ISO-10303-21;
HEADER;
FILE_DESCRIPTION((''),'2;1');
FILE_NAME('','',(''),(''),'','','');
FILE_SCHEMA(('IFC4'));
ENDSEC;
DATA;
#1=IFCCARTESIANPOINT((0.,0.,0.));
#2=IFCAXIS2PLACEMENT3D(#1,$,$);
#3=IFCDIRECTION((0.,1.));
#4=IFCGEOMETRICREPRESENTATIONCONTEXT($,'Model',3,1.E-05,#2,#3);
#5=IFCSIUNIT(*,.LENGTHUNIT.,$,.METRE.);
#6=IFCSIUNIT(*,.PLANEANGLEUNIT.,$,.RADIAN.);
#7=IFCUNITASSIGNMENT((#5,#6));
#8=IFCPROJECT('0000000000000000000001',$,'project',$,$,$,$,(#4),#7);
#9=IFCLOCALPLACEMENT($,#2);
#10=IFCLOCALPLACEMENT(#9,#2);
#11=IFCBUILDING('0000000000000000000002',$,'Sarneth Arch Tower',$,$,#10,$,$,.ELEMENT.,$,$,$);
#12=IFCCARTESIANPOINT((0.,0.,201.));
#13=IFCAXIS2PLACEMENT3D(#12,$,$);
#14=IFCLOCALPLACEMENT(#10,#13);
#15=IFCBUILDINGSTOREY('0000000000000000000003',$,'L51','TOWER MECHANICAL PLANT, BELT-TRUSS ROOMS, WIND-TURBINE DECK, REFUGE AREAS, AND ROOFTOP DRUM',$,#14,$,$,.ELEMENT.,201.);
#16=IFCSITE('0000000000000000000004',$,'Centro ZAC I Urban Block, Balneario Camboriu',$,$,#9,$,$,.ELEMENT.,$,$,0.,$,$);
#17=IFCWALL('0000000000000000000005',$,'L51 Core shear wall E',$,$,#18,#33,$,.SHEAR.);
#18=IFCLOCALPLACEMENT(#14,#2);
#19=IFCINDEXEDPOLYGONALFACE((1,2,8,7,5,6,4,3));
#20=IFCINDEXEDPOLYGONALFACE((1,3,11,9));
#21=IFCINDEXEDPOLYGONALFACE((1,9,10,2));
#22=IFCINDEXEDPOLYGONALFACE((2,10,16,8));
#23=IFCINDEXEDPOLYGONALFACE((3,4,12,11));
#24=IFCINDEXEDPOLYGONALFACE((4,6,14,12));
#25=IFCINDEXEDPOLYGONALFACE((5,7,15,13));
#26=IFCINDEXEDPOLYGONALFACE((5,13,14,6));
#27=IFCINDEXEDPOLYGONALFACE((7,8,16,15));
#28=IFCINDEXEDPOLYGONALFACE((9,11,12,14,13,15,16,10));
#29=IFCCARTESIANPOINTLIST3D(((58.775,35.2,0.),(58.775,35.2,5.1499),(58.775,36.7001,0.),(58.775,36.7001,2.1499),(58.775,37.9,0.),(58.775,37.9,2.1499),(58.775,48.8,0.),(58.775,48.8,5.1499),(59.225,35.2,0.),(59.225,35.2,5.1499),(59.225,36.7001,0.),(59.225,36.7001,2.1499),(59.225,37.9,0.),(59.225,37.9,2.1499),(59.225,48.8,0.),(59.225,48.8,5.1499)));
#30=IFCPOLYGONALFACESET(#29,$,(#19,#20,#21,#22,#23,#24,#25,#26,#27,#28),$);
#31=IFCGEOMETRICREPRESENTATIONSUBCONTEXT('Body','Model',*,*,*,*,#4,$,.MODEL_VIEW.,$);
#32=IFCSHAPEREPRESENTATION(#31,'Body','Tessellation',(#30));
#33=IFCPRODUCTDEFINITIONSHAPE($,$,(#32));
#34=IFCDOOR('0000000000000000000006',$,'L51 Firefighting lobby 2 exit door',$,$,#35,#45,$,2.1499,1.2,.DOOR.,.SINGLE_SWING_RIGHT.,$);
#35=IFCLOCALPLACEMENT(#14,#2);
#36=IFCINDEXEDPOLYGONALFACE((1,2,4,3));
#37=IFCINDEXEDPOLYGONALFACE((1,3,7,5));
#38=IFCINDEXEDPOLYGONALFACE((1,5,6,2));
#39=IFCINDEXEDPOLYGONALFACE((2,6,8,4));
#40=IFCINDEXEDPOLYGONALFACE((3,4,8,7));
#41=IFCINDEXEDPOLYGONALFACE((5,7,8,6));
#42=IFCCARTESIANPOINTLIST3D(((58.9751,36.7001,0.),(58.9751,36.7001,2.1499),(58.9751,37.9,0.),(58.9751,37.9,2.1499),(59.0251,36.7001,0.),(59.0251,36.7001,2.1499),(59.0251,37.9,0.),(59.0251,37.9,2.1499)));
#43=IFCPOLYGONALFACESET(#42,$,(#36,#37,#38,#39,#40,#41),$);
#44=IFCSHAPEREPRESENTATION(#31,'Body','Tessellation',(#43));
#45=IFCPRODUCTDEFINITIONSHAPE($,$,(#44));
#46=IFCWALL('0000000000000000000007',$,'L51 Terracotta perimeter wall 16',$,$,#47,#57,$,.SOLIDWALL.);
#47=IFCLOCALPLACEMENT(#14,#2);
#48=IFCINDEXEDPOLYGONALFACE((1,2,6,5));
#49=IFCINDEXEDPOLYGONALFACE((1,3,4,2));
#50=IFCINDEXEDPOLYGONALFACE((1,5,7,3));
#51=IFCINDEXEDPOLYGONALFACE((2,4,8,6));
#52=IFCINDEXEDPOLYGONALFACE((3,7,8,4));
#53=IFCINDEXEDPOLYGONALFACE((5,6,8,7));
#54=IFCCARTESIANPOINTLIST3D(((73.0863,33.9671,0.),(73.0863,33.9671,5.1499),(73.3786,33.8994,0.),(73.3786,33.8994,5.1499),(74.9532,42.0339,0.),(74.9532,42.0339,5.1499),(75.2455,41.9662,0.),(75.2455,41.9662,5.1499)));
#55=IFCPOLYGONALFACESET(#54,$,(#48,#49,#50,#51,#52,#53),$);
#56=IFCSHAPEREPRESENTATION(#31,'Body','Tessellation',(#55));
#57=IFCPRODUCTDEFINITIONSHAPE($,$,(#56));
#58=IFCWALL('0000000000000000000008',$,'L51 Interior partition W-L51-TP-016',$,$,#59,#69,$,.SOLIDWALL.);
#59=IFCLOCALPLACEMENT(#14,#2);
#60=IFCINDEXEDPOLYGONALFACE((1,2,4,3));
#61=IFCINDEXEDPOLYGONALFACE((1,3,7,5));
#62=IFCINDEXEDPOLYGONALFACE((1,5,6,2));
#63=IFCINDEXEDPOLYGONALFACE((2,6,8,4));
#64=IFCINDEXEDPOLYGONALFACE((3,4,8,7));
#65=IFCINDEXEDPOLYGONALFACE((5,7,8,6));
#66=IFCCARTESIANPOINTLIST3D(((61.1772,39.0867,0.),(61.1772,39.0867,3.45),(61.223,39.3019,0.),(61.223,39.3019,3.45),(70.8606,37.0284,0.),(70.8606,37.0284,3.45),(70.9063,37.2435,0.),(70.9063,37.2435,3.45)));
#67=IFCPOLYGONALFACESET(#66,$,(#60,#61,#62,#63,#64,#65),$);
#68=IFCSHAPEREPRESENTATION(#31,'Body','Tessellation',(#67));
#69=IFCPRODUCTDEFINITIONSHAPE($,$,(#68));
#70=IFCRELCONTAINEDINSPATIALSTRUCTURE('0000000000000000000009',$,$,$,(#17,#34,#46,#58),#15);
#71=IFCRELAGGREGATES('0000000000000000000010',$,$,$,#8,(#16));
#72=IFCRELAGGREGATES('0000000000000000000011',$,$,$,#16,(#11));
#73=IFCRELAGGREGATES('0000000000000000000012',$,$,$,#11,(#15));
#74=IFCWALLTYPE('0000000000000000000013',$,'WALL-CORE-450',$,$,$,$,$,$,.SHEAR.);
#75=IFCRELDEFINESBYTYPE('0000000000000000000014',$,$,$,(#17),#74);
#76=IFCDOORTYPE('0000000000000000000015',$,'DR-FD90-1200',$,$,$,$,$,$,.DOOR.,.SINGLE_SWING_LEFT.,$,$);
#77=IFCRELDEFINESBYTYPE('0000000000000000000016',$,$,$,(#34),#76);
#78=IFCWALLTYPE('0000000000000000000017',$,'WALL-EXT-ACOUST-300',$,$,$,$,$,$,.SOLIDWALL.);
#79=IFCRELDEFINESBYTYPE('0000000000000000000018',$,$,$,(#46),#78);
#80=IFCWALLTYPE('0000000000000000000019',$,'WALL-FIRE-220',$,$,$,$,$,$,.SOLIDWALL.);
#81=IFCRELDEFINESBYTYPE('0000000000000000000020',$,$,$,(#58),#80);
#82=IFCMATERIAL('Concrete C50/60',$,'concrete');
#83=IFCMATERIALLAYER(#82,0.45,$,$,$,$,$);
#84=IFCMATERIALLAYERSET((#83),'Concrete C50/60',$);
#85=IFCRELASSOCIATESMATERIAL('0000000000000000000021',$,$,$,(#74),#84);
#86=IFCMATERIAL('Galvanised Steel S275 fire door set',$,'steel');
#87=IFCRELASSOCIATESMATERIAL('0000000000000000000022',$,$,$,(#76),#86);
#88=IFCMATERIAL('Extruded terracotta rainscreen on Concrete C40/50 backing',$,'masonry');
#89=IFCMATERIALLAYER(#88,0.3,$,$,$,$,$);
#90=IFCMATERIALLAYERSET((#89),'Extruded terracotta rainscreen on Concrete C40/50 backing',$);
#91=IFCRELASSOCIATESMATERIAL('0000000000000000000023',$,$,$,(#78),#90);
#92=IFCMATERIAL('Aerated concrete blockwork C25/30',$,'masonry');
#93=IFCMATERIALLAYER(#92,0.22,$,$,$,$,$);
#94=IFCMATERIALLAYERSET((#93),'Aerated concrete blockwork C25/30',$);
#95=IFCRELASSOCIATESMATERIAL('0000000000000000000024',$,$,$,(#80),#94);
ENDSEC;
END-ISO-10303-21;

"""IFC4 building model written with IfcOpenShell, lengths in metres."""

from ifc_helpers import new_model, si_unit, direction, frame, frame_2d, origin, place, context, subcontext, project, spatial, rectangle, extrude, material, layer, layer_set, type_object, element, fill, save


model = new_model("IFC4")

# Units and contexts
model_context = context("Model", 3, precision=1e-05, world=origin(), true_north=direction((0.0, 1.0)))
body_context = subcontext(model_context, "Body", "Model", "MODEL_VIEW")
ifc_project = project(units=[si_unit("LENGTHUNIT", "METRE"), si_unit("PLANEANGLEUNIT", "RADIAN")], contexts=[model_context])

# Site, building, storey
site_placement = place(None, origin())
site = spatial("IfcSite", under=ifc_project, at=site_placement, Name="Centro ZAC I Urban Block, Balneario Camboriu", CompositionType="ELEMENT", RefElevation=0.0)
building_placement = place(site_placement, origin())
building = spatial("IfcBuilding", under=site, at=building_placement, Name="Sarneth Arch Tower", CompositionType="ELEMENT")
storey_placement = place(building_placement, frame((0.0, 0.0, 201.0)))
storey = spatial("IfcBuildingStorey", under=building, at=storey_placement, Name="L51", Description="TOWER MECHANICAL PLANT, BELT-TRUSS ROOMS, WIND-TURBINE DECK, REFUGE AREAS, AND ROOFTOP DRUM", CompositionType="ELEMENT", Elevation=201.0)

# Wall, opening, door
ifc_material_1 = material(Name="Concrete C50/60", Category="concrete")
ifc_layer_1 = layer(ifc_material_1, 0.45)
ifc_layer_set_1 = layer_set([ifc_layer_1], Name="Concrete C50/60")
wall_type_1 = type_object("IfcWallType", Name="WALL-CORE-450", PredefinedType="SHEAR", material=ifc_layer_set_1)
wall_1_placement = place(storey_placement, frame((59.0, 35.2, 0.0), z_axis=(0.0, 0.0, 1.0), x_axis=(0.0, 1.0, 0.0)))
wall_1 = element("IfcWall", 1, at=wall_1_placement, inside=storey, type_object=wall_type_1, Name="L51 Core shear wall E", PredefinedType="SHEAR", context=body_context, shape_type="SweptSolid", body=[
    extrude(rectangle(XDim=13.6001, YDim=0.45, at=frame_2d((6.8, 0.0))), origin(), (0.0, 0.0, 1.0), 5.1499),
])
opening_placement = place(wall_1_placement, frame((1.5, 0.0, 0.0)))
opening = element("IfcOpeningElement", 2, at=opening_placement, cuts=wall_1, PredefinedType="OPENING", context=body_context, shape_type="SweptSolid", body=[
    extrude(rectangle(XDim=1.2, YDim=2.1499, at=frame_2d((0.6001, 1.075))), frame((0.0, 0.2349, 0.0), z_axis=(0.0, -1.0, 0.0), x_axis=(1.0, 0.0, 0.0)), (0.0, 0.0, 1.0), 0.47),
])
ifc_material_2 = material(Name="Galvanised Steel S275 fire door set", Category="steel")
door_type = type_object("IfcDoorType", Name="DR-FD90-1200", OperationType="SINGLE_SWING_LEFT", PredefinedType="DOOR", material=ifc_material_2)
door_placement = place(opening_placement, origin())
door = element("IfcDoor", 3, at=door_placement, inside=storey, type_object=door_type, Name="L51 Firefighting lobby 2 exit door", OperationType="SINGLE_SWING_RIGHT", OverallHeight=2.1499, OverallWidth=1.2, PredefinedType="DOOR", context=body_context, shape_type="SweptSolid", body=[
    extrude(rectangle(XDim=1.2, YDim=2.1499, at=frame_2d((0.6001, 1.075))), frame((0.0, 0.0249, 0.0), z_axis=(0.0, -1.0, 0.0), x_axis=(1.0, 0.0, 0.0)), (0.0, 0.0, 1.0), 0.05),
])
fill(opening, door)

# Walls
ifc_material_3 = material(Name="Extruded terracotta rainscreen on Concrete C40/50 backing", Category="masonry")
ifc_layer_2 = layer(ifc_material_3, 0.3)
ifc_layer_set_2 = layer_set([ifc_layer_2], Name="Extruded terracotta rainscreen on Concrete C40/50 backing")
wall_type_2 = type_object("IfcWallType", Name="WALL-EXT-ACOUST-300", PredefinedType="SOLIDWALL", material=ifc_layer_set_2)
wall_2_placement = place(storey_placement, frame((73.2324, 33.9331, 0.0), z_axis=(0.0, 0.0, 1.0), x_axis=(0.225473, 0.974249, 0.0)))
element("IfcWall", 4, at=wall_2_placement, inside=storey, type_object=wall_type_2, Name="L51 Terracotta perimeter wall 16", PredefinedType="SOLIDWALL", context=body_context, shape_type="SweptSolid", body=[
    extrude(rectangle(XDim=8.28, YDim=0.3, at=frame_2d((4.1401, 0.0))), origin(), (0.0, 0.0, 1.0), 5.1499),
])
ifc_material_4 = material(Name="Aerated concrete blockwork C25/30", Category="masonry")
ifc_layer_3 = layer(ifc_material_4, 0.22)
ifc_layer_set_3 = layer_set([ifc_layer_3], Name="Aerated concrete blockwork C25/30")
wall_type_3 = type_object("IfcWallType", Name="WALL-FIRE-220", PredefinedType="SOLIDWALL", material=ifc_layer_set_3)
wall_3_placement = place(storey_placement, frame((70.8833, 37.136, 0.0), z_axis=(0.0, 0.0, 1.0), x_axis=(-0.978146, 0.20792, 0.0)))
element("IfcWall", 5, at=wall_3_placement, inside=storey, type_object=wall_type_3, Name="L51 Interior partition W-L51-TP-016", PredefinedType="SOLIDWALL", context=body_context, shape_type="SweptSolid", body=[
    extrude(rectangle(XDim=9.8997, YDim=0.22, at=frame_2d((4.9497, 0.0))), origin(), (0.0, 0.0, 1.0), 3.45),
])

save(model, "model.ifc")
